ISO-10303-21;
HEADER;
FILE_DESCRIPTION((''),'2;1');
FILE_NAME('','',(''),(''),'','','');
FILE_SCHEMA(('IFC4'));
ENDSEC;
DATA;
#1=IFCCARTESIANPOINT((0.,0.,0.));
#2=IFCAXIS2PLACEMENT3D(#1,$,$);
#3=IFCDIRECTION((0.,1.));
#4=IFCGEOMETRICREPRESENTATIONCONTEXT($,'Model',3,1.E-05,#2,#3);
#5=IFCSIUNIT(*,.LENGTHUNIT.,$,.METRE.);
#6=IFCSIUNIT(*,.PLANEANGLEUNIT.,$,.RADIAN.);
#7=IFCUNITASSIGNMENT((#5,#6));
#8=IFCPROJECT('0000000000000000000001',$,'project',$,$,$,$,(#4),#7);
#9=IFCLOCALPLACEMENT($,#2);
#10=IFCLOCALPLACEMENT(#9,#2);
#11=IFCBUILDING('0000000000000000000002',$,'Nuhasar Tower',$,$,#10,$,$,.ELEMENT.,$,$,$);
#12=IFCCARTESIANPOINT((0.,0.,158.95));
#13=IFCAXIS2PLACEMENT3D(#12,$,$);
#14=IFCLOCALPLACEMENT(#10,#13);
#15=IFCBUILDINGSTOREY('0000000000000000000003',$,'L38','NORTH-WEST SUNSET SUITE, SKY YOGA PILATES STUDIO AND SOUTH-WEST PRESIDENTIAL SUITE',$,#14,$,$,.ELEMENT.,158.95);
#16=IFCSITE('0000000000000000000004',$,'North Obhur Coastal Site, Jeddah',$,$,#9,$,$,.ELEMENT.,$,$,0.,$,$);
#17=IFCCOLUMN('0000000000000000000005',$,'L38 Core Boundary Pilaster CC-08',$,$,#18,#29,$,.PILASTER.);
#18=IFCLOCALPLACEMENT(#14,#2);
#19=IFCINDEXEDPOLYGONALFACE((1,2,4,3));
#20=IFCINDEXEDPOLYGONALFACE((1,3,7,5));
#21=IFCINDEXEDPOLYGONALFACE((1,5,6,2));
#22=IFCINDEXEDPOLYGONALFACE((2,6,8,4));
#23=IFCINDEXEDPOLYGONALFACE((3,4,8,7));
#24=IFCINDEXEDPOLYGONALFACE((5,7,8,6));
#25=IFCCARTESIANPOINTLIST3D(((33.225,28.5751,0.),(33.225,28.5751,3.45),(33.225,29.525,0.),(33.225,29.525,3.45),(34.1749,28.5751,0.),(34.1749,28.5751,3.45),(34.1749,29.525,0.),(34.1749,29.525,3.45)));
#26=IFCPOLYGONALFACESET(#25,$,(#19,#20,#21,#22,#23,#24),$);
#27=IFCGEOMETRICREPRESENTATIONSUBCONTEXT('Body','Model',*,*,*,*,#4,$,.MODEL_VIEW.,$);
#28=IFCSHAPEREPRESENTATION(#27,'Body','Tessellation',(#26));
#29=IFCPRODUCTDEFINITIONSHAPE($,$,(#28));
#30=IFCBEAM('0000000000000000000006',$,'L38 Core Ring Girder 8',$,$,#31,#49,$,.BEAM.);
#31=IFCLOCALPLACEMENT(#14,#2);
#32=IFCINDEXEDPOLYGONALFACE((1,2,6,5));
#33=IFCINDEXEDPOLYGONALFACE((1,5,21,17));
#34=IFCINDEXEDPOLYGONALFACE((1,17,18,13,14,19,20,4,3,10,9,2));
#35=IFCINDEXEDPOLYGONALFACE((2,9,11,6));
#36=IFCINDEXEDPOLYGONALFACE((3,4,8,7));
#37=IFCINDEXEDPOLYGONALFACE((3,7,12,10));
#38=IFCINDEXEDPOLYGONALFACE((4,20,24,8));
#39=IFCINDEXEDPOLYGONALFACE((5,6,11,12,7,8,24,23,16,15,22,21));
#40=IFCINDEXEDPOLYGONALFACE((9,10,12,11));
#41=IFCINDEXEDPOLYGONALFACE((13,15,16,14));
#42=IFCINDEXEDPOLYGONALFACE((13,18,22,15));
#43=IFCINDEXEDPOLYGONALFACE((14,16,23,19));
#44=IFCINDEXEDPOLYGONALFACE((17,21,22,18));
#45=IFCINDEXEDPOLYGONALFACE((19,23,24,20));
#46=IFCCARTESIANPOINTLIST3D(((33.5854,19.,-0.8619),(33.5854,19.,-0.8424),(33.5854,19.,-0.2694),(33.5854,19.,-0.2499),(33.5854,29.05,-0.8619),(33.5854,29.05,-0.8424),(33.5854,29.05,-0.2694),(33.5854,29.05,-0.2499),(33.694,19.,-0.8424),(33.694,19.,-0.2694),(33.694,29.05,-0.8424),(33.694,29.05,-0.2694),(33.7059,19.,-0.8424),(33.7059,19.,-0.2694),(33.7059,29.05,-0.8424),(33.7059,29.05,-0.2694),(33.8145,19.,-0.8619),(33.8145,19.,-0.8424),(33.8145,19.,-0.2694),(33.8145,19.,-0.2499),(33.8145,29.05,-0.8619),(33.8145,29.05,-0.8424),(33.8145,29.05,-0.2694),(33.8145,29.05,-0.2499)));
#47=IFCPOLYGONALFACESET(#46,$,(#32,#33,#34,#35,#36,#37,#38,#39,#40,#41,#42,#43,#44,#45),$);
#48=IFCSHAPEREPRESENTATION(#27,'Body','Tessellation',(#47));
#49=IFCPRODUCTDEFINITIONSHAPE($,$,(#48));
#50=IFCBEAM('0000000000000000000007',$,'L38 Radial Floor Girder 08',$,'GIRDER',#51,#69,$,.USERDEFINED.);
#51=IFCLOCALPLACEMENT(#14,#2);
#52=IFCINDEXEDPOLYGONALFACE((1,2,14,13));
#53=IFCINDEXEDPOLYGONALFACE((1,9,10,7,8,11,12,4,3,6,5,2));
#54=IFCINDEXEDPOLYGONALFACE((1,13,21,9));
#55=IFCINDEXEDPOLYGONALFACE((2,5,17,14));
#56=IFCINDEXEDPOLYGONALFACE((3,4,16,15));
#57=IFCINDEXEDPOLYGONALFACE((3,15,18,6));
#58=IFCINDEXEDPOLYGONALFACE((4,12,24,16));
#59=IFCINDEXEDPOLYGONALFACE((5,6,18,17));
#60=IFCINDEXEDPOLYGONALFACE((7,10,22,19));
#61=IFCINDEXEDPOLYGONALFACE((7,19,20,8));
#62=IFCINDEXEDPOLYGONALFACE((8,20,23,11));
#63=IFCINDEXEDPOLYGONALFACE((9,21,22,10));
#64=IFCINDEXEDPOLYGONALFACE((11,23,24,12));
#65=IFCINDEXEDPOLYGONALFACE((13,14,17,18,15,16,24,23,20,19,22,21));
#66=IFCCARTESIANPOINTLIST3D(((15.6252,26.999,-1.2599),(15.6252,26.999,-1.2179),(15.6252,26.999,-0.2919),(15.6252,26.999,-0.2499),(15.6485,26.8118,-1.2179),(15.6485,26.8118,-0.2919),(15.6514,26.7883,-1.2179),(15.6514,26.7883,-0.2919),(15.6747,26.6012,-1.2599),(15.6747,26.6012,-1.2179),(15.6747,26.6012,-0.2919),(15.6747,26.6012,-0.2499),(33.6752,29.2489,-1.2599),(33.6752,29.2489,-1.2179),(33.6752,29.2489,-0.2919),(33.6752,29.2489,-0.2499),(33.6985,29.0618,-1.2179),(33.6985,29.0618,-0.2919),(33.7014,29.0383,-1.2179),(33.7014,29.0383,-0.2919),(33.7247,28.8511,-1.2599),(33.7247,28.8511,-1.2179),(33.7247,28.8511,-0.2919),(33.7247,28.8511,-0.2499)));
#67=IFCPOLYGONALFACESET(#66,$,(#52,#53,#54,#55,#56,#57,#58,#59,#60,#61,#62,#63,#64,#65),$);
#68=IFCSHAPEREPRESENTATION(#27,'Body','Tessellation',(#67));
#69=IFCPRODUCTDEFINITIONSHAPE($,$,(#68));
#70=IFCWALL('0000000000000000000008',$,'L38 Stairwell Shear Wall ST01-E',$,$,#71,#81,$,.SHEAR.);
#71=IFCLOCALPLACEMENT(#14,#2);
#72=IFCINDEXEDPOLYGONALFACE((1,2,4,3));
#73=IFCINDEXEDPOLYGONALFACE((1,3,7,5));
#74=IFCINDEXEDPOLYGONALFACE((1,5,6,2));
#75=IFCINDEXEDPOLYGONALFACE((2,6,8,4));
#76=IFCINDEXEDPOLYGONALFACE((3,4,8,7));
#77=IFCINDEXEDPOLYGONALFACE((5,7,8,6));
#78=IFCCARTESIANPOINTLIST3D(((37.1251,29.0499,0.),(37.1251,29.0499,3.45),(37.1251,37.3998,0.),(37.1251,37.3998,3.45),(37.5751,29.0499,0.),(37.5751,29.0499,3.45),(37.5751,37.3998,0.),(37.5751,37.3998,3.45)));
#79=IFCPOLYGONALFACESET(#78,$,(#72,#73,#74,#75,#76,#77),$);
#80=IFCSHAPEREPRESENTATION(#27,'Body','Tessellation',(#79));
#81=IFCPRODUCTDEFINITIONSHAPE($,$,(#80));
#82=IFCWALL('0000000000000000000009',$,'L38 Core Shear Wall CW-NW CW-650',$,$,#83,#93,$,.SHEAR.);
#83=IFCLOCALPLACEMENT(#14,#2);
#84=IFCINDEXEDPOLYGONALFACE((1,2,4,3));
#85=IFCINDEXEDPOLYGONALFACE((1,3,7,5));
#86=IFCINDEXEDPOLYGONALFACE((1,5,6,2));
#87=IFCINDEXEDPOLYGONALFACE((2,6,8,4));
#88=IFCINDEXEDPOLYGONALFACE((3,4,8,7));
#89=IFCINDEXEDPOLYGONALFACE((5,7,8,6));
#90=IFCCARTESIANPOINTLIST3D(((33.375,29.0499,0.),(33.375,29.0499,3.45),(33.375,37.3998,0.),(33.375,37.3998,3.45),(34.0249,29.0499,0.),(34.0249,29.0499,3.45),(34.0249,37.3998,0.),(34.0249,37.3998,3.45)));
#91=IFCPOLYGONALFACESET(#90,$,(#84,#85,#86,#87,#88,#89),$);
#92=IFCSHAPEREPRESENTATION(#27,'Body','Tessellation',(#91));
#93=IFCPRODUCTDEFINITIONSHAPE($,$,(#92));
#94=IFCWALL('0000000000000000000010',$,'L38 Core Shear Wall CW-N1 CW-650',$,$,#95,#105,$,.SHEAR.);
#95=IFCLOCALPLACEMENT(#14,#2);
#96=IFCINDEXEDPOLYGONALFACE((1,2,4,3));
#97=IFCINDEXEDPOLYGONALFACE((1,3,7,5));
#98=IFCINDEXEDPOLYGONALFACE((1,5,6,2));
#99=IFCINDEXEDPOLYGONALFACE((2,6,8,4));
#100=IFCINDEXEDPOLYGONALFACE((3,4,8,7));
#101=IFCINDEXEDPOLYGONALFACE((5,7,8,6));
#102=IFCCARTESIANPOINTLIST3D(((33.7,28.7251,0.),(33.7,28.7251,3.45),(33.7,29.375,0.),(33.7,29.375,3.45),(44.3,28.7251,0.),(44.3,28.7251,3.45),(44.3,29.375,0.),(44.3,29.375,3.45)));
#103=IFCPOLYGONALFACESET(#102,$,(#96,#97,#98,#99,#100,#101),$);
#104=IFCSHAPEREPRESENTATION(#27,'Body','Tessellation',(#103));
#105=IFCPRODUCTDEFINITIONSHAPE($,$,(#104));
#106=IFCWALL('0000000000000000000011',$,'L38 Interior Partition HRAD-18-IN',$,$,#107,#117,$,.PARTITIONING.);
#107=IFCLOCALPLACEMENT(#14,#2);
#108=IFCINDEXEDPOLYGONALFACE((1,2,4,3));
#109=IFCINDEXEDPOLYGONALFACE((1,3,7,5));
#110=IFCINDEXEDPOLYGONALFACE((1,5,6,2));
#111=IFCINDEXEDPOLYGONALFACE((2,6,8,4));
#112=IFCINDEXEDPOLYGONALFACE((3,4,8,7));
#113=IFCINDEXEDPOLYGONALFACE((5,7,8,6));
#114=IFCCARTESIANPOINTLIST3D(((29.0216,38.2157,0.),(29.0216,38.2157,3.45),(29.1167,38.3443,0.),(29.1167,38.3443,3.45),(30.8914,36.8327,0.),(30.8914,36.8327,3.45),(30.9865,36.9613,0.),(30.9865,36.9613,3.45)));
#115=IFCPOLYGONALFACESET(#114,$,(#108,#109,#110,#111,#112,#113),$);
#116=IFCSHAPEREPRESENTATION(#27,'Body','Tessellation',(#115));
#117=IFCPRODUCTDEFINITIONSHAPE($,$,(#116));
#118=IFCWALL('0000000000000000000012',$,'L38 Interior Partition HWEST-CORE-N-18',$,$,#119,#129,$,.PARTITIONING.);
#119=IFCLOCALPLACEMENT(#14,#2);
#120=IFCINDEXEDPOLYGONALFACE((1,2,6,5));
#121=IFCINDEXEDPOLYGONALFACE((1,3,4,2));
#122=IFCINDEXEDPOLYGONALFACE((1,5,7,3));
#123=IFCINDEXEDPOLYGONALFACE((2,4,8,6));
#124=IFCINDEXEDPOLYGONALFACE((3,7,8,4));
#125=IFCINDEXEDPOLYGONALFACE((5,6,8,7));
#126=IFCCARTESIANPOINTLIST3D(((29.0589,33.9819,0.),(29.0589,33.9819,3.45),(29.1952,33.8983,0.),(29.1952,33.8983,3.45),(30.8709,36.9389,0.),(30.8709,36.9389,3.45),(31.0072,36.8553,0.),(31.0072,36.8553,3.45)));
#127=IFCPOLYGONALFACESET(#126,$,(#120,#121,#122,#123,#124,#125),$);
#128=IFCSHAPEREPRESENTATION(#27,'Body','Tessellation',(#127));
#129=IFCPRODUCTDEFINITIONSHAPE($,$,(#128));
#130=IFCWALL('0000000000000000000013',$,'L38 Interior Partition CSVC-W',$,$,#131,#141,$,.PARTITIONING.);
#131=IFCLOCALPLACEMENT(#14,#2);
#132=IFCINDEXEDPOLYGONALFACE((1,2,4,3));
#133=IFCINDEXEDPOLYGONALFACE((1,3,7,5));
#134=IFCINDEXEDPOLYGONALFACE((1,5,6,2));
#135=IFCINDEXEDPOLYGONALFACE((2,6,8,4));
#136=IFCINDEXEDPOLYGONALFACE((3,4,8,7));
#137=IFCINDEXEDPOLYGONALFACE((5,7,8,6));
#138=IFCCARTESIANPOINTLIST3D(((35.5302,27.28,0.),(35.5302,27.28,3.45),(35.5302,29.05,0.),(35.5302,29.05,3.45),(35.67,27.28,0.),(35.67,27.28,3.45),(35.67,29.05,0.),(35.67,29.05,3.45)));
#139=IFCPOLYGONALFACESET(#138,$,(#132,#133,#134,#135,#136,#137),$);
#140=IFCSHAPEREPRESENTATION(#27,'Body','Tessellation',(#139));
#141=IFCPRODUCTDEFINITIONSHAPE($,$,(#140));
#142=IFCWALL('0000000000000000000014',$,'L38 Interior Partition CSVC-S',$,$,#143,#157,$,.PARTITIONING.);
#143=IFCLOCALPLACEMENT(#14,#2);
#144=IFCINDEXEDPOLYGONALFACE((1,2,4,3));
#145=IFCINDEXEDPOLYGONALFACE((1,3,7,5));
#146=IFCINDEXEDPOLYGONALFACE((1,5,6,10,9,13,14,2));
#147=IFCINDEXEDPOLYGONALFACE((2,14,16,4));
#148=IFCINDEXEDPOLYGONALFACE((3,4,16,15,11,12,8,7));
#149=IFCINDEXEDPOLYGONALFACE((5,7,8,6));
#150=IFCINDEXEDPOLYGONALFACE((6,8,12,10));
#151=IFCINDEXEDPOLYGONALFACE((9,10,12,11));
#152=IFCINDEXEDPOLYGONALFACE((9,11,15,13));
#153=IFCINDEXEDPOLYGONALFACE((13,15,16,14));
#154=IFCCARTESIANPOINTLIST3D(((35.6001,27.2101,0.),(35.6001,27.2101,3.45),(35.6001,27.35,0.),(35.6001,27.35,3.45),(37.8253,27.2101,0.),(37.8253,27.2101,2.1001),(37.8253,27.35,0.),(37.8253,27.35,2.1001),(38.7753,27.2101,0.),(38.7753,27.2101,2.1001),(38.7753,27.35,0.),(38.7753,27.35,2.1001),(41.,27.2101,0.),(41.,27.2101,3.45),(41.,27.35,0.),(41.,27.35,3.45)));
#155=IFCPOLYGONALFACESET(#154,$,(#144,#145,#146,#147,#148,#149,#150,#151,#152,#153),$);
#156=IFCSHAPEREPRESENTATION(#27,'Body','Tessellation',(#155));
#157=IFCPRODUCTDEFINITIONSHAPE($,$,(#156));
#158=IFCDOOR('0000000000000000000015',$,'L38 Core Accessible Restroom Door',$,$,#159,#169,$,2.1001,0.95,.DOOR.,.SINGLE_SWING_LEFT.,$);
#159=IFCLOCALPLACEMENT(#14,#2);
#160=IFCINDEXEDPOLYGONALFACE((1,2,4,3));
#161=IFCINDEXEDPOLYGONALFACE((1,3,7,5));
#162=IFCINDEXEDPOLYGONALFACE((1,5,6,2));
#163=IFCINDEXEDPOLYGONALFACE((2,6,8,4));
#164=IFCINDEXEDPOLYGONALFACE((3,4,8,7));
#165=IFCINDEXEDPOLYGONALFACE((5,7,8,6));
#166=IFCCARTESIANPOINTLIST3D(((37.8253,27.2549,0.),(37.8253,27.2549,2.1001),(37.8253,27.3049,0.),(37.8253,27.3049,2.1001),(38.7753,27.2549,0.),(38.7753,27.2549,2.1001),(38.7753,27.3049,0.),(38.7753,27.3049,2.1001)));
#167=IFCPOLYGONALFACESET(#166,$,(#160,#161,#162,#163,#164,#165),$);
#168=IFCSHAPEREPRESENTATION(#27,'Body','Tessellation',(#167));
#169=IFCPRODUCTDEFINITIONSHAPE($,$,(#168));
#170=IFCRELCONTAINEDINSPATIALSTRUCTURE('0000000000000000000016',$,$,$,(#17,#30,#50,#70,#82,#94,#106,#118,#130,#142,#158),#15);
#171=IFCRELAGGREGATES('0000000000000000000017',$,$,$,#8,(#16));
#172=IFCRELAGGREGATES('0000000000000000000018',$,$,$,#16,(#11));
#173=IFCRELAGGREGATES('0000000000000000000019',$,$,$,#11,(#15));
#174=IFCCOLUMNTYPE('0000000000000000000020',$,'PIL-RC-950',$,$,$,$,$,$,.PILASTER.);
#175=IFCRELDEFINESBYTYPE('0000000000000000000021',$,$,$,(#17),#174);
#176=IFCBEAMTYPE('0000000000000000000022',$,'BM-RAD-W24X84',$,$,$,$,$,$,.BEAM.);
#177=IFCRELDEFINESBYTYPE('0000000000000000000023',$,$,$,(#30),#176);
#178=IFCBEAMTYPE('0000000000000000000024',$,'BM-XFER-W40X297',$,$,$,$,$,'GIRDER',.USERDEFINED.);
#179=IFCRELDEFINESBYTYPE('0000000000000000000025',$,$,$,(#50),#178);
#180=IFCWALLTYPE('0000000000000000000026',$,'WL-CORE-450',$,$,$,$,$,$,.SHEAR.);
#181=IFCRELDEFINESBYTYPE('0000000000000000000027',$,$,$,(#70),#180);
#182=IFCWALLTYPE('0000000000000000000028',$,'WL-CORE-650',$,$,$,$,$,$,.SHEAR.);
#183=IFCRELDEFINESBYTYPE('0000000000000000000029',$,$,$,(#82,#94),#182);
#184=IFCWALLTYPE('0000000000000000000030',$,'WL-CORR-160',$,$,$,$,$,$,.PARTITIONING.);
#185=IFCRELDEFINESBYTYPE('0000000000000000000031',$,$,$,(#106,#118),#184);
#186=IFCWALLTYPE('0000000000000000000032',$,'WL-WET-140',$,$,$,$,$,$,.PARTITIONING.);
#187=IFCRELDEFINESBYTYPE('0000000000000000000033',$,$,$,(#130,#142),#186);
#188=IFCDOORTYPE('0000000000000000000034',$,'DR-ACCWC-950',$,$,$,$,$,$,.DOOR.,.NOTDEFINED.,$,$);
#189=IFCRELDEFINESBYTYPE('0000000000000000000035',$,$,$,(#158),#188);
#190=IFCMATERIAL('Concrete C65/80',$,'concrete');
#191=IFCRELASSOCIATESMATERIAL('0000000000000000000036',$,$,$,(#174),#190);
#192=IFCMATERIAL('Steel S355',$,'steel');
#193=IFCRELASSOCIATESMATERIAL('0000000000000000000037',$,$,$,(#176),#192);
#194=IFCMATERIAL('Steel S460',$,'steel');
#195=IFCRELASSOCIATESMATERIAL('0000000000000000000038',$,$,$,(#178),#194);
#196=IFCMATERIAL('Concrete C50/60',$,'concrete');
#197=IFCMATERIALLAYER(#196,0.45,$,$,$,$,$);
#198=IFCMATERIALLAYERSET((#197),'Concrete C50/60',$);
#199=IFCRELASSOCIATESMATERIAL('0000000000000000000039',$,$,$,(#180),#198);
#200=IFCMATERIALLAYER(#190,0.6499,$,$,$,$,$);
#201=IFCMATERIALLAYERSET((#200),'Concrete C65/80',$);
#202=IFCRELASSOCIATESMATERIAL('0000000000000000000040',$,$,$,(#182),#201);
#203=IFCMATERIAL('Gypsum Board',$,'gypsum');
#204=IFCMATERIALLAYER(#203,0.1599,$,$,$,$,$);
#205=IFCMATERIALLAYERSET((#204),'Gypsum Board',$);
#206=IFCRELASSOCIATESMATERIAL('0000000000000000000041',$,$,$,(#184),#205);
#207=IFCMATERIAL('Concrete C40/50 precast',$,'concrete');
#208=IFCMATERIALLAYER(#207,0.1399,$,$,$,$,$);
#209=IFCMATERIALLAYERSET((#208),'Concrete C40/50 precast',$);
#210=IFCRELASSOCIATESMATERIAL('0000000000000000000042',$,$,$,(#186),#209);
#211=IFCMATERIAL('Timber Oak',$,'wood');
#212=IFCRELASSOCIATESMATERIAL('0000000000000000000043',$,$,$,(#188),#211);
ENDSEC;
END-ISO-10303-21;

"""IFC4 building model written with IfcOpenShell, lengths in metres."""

from ifc_helpers import new_model, si_unit, direction, frame, frame_2d, origin, origin_2d, place, context, subcontext, project, spatial, rectangle, i_section, extrude, material, layer, layer_set, material_profile, profile_set, type_object, element, fill, save


model = new_model("IFC4")

# Units and contexts
model_context = context("Model", 3, precision=1e-05, world=origin(), true_north=direction((0.0, 1.0)))
body_context = subcontext(model_context, "Body", "Model", "MODEL_VIEW")
ifc_project = project(units=[si_unit("LENGTHUNIT", "METRE"), si_unit("PLANEANGLEUNIT", "RADIAN")], contexts=[model_context])

# Site, building, storey
site_placement = place(None, origin())
site = spatial("IfcSite", under=ifc_project, at=site_placement, Name="North Obhur Coastal Site, Jeddah", CompositionType="ELEMENT", RefElevation=0.0)
building_placement = place(site_placement, origin())
building = spatial("IfcBuilding", under=site, at=building_placement, Name="Nuhasar Tower", CompositionType="ELEMENT")
storey_placement = place(building_placement, frame((0.0, 0.0, 158.95)))
storey = spatial("IfcBuildingStorey", under=building, at=storey_placement, Name="L38", Description="NORTH-WEST SUNSET SUITE, SKY YOGA PILATES STUDIO AND SOUTH-WEST PRESIDENTIAL SUITE", CompositionType="ELEMENT", Elevation=158.95)

# Column
ifc_material_1 = material(Name="Concrete C65/80", Category="concrete")
ifc_material_profile_1 = material_profile(ifc_material_1, rectangle(XDim=0.95, YDim=0.95, at=origin_2d()), Name="RC950X950")
ifc_profile_set_1 = profile_set([ifc_material_profile_1], Name="Concrete C65/80")
column_type = type_object("IfcColumnType", Name="PIL-RC-950", PredefinedType="PILASTER", material=ifc_profile_set_1)
column_placement = place(storey_placement, frame((33.7, 29.05, 0.0), z_axis=(0.0, 0.0, 1.0), x_axis=(1.0, 0.0, 0.0)))
element("IfcColumn", 1, at=column_placement, inside=storey, type_object=column_type, Name="L38 Core Boundary Pilaster CC-08", PredefinedType="PILASTER", context=body_context, shape_type="SweptSolid", body=[
    extrude(rectangle(XDim=0.95, YDim=0.95, at=origin_2d()), origin(), (0.0, 0.0, 1.0), 3.45),
])

# Beams
ifc_material_2 = material(Name="Steel S355", Category="steel")
ifc_material_profile_2 = material_profile(ifc_material_2, i_section(OverallWidth=0.229, OverallDepth=0.6121, WebThickness=0.012, FlangeThickness=0.0195, at=origin_2d()), Name="W24X84")
ifc_profile_set_2 = profile_set([ifc_material_profile_2], Name="Steel S355")
beam_type_1 = type_object("IfcBeamType", Name="BM-RAD-W24X84", PredefinedType="BEAM", material=ifc_profile_set_2)
beam_1_placement = place(storey_placement, frame((33.7, 29.05, -0.5559), z_axis=(0.0, -1.0, 0.0), x_axis=(1.0, 0.0, 0.0)))
element("IfcBeam", 2, at=beam_1_placement, inside=storey, type_object=beam_type_1, Name="L38 Core Ring Girder 8", PredefinedType="BEAM", context=body_context, shape_type="SweptSolid", body=[
    extrude(i_section(OverallWidth=0.229, OverallDepth=0.6121, WebThickness=0.012, FlangeThickness=0.0195, at=origin_2d()), origin(), (0.0, 0.0, 1.0), 10.05),
])
ifc_material_3 = material(Name="Steel S460", Category="steel")
ifc_material_profile_3 = material_profile(ifc_material_3, i_section(OverallWidth=0.4009, OverallDepth=1.01, WebThickness=0.0237, FlangeThickness=0.042, at=origin_2d()), Name="W40X297")
ifc_profile_set_3 = profile_set([ifc_material_profile_3], Name="Steel S460")
beam_type_2 = type_object("IfcBeamType", Name="BM-XFER-W40X297", ElementType="GIRDER", PredefinedType="USERDEFINED", material=ifc_profile_set_3)
beam_2_placement = place(storey_placement, frame((33.7, 29.05, -0.7549), z_axis=(-0.99232, -0.123696, 0.0), x_axis=(0.123696, -0.99232, 0.0)))
element("IfcBeam", 3, at=beam_2_placement, inside=storey, type_object=beam_type_2, Name="L38 Radial Floor Girder 08", ObjectType="GIRDER", PredefinedType="USERDEFINED", context=body_context, shape_type="SweptSolid", body=[
    extrude(i_section(OverallWidth=0.4009, OverallDepth=1.01, WebThickness=0.0237, FlangeThickness=0.042, at=origin_2d()), origin(), (0.0, 0.0, 1.0), 18.1897),
])

# Walls
ifc_material_4 = material(Name="Concrete C50/60", Category="concrete")
ifc_layer_1 = layer(ifc_material_4, 0.45)
ifc_layer_set_1 = layer_set([ifc_layer_1], Name="Concrete C50/60")
wall_type_1 = type_object("IfcWallType", Name="WL-CORE-450", PredefinedType="SHEAR", material=ifc_layer_set_1)
wall_1_placement = place(storey_placement, frame((37.3501, 29.05, 0.0), z_axis=(0.0, 0.0, 1.0), x_axis=(0.0, 1.0, 0.0)))
element("IfcWall", 4, at=wall_1_placement, inside=storey, type_object=wall_type_1, Name="L38 Stairwell Shear Wall ST01-E", PredefinedType="SHEAR", context=body_context, shape_type="SweptSolid", body=[
    extrude(rectangle(XDim=8.3499, YDim=0.45, at=frame_2d((4.1748, 0.0))), origin(), (0.0, 0.0, 1.0), 3.45),
])
ifc_layer_2 = layer(ifc_material_1, 0.6499)
ifc_layer_set_2 = layer_set([ifc_layer_2], Name="Concrete C65/80")
wall_type_2 = type_object("IfcWallType", Name="WL-CORE-650", PredefinedType="SHEAR", material=ifc_layer_set_2)
wall_2_placement = place(storey_placement, frame((33.7, 29.05, 0.0), z_axis=(0.0, 0.0, 1.0), x_axis=(0.0, 1.0, 0.0)))
element("IfcWall", 5, at=wall_2_placement, inside=storey, type_object=wall_type_2, Name="L38 Core Shear Wall CW-NW CW-650", PredefinedType="SHEAR", context=body_context, shape_type="SweptSolid", body=[
    extrude(rectangle(XDim=8.3499, YDim=0.6499, at=frame_2d((4.1748, 0.0))), origin(), (0.0, 0.0, 1.0), 3.45),
])
wall_3_placement = place(storey_placement, frame((33.7, 29.05, 0.0), z_axis=(0.0, 0.0, 1.0), x_axis=(1.0, 0.0, 0.0)))
element("IfcWall", 6, at=wall_3_placement, inside=storey, type_object=wall_type_2, Name="L38 Core Shear Wall CW-N1 CW-650", PredefinedType="SHEAR", context=body_context, shape_type="SweptSolid", body=[
    extrude(rectangle(XDim=10.6001, YDim=0.6499, at=frame_2d((5.3, 0.0))), origin(), (0.0, 0.0, 1.0), 3.45),
])
ifc_material_5 = material(Name="Gypsum Board", Category="gypsum")
ifc_layer_3 = layer(ifc_material_5, 0.1599)
ifc_layer_set_3 = layer_set([ifc_layer_3], Name="Gypsum Board")
wall_type_3 = type_object("IfcWallType", Name="WL-CORR-160", PredefinedType="PARTITIONING", material=ifc_layer_set_3)
wall_4_placement = place(storey_placement, frame((30.939, 36.897, 0.0), z_axis=(0.0, 0.0, 1.0), x_axis=(-0.803975, 0.594663, 0.0)))
element("IfcWall", 7, at=wall_4_placement, inside=storey, type_object=wall_type_3, Name="L38 Interior Partition HRAD-18-IN", PredefinedType="PARTITIONING", context=body_context, shape_type="SweptSolid", body=[
    extrude(rectangle(XDim=2.3257, YDim=0.1599, at=frame_2d((1.1628, 0.0))), origin(), (0.0, 0.0, 1.0), 3.45),
])
wall_5_placement = place(storey_placement, frame((30.939, 36.897, 0.0), z_axis=(0.0, 0.0, 1.0), x_axis=(-0.522486, -0.852648, 0.0)))
element("IfcWall", 8, at=wall_5_placement, inside=storey, type_object=wall_type_3, Name="L38 Interior Partition HWEST-CORE-N-18", PredefinedType="PARTITIONING", context=body_context, shape_type="SweptSolid", body=[
    extrude(rectangle(XDim=3.468, YDim=0.1599, at=frame_2d((1.7339, 0.0))), origin(), (0.0, 0.0, 1.0), 3.45),
])
ifc_material_6 = material(Name="Concrete C40/50 precast", Category="concrete")
ifc_layer_4 = layer(ifc_material_6, 0.1399)
ifc_layer_set_4 = layer_set([ifc_layer_4], Name="Concrete C40/50 precast")
wall_type_4 = type_object("IfcWallType", Name="WL-WET-140", PredefinedType="PARTITIONING", material=ifc_layer_set_4)
wall_6_placement = place(storey_placement, frame((35.6001, 27.28, 0.0), z_axis=(0.0, 0.0, 1.0), x_axis=(0.0, 1.0, 0.0)))
element("IfcWall", 9, at=wall_6_placement, inside=storey, type_object=wall_type_4, Name="L38 Interior Partition CSVC-W", PredefinedType="PARTITIONING", context=body_context, shape_type="SweptSolid", body=[
    extrude(rectangle(XDim=1.77, YDim=0.1399, at=frame_2d((0.885, 0.0))), origin(), (0.0, 0.0, 1.0), 3.45),
])

# Wall, opening, door
wall_7_placement = place(storey_placement, frame((35.6001, 27.28, 0.0), z_axis=(0.0, 0.0, 1.0), x_axis=(1.0, 0.0, 0.0)))
wall_7 = element("IfcWall", 10, at=wall_7_placement, inside=storey, type_object=wall_type_4, Name="L38 Interior Partition CSVC-S", PredefinedType="PARTITIONING", context=body_context, shape_type="SweptSolid", body=[
    extrude(rectangle(XDim=5.3999, YDim=0.1399, at=frame_2d((2.7, 0.0))), origin(), (0.0, 0.0, 1.0), 3.45),
])
opening_1_placement = place(wall_7_placement, frame((2.2251, 0.0, 0.0)))
opening_1 = element("IfcOpeningElement", 11, at=opening_1_placement, cuts=wall_7, PredefinedType="OPENING", context=body_context, shape_type="SweptSolid", body=[
    extrude(rectangle(XDim=0.95, YDim=2.1001, at=frame_2d((0.4751, 1.05))), frame((0.0, 0.0801, 0.0), z_axis=(0.0, -1.0, 0.0), x_axis=(1.0, 0.0, 0.0)), (0.0, 0.0, 1.0), 0.1599),
])
ifc_material_7 = material(Name="Timber Oak", Category="wood")
door_type_1 = type_object("IfcDoorType", Name="DR-ACCWC-950", OperationType="NOTDEFINED", PredefinedType="DOOR", material=ifc_material_7)
door_1_placement = place(opening_1_placement, origin())
door_1 = element("IfcDoor", 12, at=door_1_placement, inside=storey, type_object=door_type_1, Name="L38 Core Accessible Restroom Door", OperationType="SINGLE_SWING_LEFT", OverallHeight=2.1001, OverallWidth=0.95, PredefinedType="DOOR", context=body_context, shape_type="SweptSolid", body=[
    extrude(rectangle(XDim=0.95, YDim=2.1001, at=frame_2d((0.4751, 1.05))), frame((0.0, 0.0249, 0.0), z_axis=(0.0, -1.0, 0.0), x_axis=(1.0, 0.0, 0.0)), (0.0, 0.0, 1.0), 0.05),
])
fill(opening_1, door_1)

save(model, "model.ifc")
